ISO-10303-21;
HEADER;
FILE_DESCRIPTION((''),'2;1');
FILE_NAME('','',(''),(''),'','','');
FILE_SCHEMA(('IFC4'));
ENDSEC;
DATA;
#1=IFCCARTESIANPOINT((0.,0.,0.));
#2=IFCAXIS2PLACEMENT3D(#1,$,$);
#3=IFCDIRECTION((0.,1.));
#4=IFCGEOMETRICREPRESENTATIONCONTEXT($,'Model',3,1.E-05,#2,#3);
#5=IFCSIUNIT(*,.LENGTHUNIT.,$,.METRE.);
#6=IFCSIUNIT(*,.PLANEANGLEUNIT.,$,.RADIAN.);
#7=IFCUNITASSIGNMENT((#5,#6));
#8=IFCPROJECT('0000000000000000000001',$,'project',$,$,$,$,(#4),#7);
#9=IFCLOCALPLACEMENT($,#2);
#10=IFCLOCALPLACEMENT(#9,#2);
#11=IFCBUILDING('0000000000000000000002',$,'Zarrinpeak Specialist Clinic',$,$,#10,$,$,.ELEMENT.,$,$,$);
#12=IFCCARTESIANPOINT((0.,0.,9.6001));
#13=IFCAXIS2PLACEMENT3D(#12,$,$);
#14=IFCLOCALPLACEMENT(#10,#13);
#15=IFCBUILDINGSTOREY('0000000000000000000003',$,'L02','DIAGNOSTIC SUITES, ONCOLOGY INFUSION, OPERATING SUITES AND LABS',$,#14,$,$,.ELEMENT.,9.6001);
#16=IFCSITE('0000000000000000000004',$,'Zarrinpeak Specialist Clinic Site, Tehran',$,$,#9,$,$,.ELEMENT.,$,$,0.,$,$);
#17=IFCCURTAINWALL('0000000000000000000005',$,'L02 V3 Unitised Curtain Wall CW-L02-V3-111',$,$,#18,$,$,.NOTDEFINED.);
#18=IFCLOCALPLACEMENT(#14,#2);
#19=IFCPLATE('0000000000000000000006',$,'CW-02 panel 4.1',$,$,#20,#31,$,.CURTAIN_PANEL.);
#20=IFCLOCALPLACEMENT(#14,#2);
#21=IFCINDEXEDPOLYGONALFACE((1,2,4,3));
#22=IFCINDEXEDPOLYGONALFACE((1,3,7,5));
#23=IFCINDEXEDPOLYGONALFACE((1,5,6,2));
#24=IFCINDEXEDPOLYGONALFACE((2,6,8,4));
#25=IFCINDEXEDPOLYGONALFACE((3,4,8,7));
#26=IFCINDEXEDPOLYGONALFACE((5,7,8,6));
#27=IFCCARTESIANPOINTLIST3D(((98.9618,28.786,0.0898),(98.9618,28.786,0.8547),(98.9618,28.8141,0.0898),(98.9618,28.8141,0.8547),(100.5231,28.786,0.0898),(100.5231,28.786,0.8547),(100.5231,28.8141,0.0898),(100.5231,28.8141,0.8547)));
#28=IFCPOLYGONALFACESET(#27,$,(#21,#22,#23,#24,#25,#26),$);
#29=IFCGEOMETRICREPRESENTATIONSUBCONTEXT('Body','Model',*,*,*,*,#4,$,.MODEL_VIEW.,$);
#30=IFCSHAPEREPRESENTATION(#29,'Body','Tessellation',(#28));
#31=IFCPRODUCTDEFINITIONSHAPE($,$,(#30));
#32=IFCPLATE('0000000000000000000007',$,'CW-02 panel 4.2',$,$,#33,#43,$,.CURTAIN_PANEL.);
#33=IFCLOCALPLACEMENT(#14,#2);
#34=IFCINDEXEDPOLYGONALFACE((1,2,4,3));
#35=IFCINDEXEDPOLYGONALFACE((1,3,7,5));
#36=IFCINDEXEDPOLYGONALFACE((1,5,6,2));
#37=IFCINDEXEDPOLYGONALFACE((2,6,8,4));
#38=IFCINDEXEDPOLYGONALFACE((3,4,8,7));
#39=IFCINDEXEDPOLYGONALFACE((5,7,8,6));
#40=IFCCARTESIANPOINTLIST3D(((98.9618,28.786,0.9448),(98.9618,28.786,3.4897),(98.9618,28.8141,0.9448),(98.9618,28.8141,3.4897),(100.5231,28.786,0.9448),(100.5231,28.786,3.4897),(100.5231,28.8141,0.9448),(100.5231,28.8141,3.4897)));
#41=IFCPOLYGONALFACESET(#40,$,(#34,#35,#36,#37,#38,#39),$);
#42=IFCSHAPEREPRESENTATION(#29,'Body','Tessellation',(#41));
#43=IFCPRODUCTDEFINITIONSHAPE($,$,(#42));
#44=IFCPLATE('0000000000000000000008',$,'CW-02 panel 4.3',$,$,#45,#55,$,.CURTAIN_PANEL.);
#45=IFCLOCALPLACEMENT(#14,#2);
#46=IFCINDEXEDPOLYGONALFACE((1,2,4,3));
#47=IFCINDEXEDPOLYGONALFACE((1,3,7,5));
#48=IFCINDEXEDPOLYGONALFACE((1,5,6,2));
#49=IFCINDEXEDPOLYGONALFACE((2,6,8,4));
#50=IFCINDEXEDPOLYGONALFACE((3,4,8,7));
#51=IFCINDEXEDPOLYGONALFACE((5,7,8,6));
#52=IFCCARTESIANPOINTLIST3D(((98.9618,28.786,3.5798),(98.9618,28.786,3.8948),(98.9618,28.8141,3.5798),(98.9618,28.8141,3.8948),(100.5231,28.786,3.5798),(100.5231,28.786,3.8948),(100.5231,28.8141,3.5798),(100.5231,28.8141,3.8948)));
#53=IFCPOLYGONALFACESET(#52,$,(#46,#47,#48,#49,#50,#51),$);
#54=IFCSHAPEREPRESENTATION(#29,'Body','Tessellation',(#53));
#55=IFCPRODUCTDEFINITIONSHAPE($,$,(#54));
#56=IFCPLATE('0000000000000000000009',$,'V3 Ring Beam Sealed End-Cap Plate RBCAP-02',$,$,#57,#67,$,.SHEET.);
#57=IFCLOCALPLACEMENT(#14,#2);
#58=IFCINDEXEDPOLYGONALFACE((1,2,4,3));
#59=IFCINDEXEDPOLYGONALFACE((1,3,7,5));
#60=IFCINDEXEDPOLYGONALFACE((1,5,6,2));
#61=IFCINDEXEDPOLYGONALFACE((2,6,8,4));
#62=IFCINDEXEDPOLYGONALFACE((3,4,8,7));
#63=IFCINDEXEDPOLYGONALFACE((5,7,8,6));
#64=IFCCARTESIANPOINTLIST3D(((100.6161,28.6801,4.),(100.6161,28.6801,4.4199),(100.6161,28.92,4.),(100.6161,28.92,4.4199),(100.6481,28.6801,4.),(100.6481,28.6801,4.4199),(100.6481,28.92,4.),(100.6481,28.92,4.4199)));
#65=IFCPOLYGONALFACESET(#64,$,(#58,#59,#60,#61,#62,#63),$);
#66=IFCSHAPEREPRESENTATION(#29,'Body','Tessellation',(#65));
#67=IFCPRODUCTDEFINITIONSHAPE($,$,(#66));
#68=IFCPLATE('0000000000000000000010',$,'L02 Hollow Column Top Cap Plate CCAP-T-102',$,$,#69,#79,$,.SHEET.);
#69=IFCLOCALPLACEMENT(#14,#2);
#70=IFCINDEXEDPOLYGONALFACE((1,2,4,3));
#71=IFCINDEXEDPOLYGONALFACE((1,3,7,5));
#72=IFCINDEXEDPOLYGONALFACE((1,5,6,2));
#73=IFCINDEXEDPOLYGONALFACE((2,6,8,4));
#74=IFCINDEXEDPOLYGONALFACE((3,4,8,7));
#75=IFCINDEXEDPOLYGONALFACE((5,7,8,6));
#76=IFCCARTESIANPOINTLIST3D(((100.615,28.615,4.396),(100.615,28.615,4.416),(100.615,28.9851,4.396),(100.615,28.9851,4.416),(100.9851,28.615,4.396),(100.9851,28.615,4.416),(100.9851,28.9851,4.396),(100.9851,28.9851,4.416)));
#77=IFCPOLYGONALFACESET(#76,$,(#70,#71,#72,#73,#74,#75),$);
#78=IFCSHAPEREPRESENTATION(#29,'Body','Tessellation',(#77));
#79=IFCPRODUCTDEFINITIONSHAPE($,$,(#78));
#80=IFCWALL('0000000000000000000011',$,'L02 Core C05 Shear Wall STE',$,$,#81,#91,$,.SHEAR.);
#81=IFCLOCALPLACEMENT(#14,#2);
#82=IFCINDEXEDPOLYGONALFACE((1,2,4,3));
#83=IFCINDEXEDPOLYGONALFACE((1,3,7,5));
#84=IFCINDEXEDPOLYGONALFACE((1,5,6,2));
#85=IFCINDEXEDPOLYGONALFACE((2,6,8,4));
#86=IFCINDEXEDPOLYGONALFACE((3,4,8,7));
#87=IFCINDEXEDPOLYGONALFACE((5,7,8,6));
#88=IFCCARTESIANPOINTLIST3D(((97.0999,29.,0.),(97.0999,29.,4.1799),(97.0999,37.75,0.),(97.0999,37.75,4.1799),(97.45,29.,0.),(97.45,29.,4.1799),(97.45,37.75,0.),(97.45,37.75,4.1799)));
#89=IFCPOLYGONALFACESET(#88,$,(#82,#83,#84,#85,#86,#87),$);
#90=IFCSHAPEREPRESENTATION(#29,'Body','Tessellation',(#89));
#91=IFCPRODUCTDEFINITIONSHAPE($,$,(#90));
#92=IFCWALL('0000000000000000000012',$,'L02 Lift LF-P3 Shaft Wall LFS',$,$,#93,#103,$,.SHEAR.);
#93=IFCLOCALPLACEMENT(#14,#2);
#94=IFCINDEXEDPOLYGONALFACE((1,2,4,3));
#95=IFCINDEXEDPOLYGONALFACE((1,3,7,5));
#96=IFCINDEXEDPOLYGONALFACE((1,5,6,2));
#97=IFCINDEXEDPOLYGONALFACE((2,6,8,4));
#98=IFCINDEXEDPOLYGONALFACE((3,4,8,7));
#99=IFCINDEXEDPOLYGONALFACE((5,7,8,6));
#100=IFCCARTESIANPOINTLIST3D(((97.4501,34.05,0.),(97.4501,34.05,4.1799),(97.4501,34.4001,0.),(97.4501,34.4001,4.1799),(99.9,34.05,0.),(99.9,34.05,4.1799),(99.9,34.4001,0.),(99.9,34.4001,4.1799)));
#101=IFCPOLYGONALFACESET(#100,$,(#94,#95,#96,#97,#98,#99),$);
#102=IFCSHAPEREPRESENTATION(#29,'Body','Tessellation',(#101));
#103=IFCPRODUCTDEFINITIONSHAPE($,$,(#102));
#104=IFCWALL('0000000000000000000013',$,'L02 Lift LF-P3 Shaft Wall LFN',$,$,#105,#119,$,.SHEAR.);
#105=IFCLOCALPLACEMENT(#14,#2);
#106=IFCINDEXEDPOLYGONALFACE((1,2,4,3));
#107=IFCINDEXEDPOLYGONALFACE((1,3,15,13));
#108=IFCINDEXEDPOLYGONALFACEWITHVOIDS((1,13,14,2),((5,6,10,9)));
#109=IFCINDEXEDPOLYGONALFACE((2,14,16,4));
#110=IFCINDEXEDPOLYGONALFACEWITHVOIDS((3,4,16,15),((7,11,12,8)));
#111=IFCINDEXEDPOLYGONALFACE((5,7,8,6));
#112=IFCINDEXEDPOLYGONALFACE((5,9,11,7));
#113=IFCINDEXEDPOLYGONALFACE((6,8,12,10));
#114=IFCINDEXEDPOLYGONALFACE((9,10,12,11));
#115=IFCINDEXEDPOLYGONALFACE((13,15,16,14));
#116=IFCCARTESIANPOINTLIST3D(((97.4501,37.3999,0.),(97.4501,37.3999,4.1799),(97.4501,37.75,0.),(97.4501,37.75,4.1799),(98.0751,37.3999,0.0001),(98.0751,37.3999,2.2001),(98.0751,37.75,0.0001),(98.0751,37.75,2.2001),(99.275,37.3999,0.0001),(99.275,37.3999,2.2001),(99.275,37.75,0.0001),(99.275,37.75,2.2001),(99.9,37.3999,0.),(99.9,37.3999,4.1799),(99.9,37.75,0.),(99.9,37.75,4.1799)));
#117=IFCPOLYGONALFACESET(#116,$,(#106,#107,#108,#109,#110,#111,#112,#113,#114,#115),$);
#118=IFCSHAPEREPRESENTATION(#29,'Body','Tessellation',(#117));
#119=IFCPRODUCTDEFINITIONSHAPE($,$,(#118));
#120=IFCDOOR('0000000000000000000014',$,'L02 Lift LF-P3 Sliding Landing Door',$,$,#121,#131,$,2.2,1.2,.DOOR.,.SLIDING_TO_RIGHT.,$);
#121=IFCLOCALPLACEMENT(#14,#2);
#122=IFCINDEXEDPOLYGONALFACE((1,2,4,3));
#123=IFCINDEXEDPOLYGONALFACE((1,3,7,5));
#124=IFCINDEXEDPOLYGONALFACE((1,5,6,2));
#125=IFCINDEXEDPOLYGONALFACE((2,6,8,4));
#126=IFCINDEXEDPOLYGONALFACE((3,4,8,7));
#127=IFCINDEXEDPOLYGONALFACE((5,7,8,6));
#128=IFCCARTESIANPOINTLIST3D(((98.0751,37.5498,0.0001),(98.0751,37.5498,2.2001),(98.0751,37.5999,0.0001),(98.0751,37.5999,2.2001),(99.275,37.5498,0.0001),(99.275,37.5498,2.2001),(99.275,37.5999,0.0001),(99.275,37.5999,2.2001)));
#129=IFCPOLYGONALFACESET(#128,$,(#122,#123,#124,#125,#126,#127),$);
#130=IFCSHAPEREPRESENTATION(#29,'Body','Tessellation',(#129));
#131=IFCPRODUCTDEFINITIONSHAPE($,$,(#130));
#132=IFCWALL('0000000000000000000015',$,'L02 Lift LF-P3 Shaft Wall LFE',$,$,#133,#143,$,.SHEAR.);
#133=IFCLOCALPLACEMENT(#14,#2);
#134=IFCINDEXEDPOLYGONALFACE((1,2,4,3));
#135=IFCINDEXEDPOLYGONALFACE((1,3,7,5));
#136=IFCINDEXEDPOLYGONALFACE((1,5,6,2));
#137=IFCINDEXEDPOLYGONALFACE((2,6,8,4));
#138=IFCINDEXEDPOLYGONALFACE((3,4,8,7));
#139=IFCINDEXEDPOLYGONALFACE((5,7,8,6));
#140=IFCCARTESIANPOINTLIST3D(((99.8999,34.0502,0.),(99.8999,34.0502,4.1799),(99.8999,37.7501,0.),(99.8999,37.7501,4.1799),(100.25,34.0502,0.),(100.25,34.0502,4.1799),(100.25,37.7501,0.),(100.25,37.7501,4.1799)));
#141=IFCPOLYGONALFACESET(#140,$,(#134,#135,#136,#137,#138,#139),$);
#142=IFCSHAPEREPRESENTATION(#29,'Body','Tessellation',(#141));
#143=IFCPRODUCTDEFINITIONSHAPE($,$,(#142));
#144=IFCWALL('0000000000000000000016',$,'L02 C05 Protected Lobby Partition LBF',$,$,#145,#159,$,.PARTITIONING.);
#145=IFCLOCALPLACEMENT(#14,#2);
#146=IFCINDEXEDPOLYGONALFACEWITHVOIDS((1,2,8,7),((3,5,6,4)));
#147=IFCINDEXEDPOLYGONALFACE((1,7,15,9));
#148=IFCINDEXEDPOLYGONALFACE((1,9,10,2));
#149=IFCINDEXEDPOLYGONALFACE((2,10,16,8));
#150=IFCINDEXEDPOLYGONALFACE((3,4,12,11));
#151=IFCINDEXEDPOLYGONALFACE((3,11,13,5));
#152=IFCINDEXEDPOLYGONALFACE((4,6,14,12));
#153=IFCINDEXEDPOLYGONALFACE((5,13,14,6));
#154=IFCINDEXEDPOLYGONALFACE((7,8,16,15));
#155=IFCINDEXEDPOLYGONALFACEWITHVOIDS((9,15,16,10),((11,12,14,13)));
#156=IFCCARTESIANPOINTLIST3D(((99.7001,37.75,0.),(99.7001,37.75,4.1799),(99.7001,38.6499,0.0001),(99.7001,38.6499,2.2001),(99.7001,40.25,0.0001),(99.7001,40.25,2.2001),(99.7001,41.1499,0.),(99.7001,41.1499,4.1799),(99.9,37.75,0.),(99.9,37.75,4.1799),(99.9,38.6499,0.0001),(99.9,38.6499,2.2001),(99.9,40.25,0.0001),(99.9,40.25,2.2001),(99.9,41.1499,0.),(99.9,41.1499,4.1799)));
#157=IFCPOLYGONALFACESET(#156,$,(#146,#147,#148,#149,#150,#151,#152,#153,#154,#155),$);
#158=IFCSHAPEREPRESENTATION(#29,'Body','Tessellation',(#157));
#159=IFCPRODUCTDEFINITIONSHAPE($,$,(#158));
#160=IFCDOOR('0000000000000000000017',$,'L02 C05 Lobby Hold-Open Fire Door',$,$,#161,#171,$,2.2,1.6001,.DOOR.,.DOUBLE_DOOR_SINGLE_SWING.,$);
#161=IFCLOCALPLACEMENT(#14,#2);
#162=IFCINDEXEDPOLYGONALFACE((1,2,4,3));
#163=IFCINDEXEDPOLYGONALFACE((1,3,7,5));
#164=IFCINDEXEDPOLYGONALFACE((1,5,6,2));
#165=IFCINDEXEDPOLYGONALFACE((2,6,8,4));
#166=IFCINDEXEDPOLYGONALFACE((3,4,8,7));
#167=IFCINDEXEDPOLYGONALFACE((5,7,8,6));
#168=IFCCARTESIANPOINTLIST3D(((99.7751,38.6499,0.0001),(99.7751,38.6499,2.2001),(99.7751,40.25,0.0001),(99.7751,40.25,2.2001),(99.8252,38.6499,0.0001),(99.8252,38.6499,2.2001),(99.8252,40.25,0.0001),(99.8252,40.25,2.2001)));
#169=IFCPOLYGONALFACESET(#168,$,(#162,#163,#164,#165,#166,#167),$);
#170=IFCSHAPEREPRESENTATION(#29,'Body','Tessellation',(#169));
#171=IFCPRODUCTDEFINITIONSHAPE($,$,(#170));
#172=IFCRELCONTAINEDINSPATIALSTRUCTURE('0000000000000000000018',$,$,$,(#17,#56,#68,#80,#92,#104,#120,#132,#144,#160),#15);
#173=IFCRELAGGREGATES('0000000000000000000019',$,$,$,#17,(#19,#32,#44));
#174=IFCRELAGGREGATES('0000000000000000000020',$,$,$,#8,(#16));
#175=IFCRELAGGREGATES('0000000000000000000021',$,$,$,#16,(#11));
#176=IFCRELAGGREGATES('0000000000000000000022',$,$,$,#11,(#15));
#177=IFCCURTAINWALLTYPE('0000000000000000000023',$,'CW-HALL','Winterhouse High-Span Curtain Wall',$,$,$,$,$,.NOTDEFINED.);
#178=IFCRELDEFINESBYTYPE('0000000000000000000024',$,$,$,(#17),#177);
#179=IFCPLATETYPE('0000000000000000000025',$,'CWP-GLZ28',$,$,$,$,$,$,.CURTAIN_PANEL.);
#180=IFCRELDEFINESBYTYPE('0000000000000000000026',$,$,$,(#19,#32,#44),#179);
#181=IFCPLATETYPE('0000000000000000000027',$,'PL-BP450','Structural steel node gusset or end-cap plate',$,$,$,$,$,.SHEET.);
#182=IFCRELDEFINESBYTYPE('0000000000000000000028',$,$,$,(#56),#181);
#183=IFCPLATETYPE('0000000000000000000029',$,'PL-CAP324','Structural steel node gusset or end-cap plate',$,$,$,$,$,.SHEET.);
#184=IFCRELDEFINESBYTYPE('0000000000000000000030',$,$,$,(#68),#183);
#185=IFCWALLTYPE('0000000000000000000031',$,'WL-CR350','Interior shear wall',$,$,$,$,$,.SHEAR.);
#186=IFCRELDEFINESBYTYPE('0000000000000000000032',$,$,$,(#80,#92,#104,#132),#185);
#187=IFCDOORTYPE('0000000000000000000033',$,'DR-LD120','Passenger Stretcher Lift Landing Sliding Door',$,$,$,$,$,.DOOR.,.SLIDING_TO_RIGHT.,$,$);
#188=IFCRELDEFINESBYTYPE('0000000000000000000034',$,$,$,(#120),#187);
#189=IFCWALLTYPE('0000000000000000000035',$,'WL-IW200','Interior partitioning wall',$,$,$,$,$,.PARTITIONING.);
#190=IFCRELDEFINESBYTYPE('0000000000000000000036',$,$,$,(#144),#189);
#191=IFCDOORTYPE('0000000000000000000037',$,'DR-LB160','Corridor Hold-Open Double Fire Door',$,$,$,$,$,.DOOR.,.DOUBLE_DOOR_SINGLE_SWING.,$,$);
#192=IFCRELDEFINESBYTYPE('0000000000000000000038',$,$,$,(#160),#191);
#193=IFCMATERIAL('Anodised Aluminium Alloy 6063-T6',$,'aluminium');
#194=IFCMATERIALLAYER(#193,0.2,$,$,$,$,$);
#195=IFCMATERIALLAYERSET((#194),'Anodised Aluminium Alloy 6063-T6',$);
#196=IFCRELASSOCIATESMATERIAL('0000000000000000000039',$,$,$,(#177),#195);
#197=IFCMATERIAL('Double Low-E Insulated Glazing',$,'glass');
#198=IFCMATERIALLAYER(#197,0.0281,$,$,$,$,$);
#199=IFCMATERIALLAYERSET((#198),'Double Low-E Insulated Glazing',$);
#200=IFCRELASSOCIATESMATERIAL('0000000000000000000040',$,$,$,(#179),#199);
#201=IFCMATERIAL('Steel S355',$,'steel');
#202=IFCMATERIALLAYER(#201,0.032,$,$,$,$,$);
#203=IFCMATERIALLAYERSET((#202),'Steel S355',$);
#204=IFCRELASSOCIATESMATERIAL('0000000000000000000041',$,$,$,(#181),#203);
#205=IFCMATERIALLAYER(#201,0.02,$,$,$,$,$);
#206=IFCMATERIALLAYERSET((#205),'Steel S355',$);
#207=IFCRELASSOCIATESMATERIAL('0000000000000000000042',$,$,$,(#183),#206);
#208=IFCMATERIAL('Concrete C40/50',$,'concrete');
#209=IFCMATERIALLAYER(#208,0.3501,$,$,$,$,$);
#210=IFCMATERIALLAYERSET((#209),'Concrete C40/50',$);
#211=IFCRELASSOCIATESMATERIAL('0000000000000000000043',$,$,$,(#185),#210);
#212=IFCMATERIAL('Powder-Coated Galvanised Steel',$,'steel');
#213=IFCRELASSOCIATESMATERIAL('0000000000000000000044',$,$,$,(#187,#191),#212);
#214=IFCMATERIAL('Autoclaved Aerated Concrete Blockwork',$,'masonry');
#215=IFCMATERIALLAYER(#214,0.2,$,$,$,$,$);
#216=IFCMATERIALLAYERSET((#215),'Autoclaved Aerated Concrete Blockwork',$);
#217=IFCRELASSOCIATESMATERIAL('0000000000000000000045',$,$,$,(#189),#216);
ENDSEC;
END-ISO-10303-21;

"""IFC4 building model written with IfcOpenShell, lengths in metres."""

from ifc_helpers import new_model, si_unit, direction, frame, frame_2d, origin, origin_2d, place, context, subcontext, project, spatial, rectangle, extrude, material, layer, layer_set, type_object, element, fill, aggregate, save


model = new_model("IFC4")

# Units and contexts
model_context = context("Model", 3, precision=1e-05, world=origin(), true_north=direction((0.0, 1.0)))
body_context = subcontext(model_context, "Body", "Model", "MODEL_VIEW")
ifc_project = project(units=[si_unit("LENGTHUNIT", "METRE"), si_unit("PLANEANGLEUNIT", "RADIAN")], contexts=[model_context])

# Site, building, storey
site_placement = place(None, origin())
site = spatial("IfcSite", under=ifc_project, at=site_placement, Name="Zarrinpeak Specialist Clinic Site, Tehran", CompositionType="ELEMENT", RefElevation=0.0)
building_placement = place(site_placement, origin())
building = spatial("IfcBuilding", under=site, at=building_placement, Name="Zarrinpeak Specialist Clinic", CompositionType="ELEMENT")
storey_placement = place(building_placement, frame((0.0, 0.0, 9.6001)))
storey = spatial("IfcBuildingStorey", under=building, at=storey_placement, Name="L02", Description="DIAGNOSTIC SUITES, ONCOLOGY INFUSION, OPERATING SUITES AND LABS", CompositionType="ELEMENT", Elevation=9.6001)

# Shared definitions
ifc_material_1 = material(Name="Steel S355", Category="steel")

# Curtain wall, plates
ifc_material_2 = material(Name="Anodised Aluminium Alloy 6063-T6", Category="aluminium")
ifc_layer_1 = layer(ifc_material_2, 0.2)
ifc_layer_set_1 = layer_set([ifc_layer_1], Name="Anodised Aluminium Alloy 6063-T6")
curtain_wall_type = type_object("IfcCurtainWallType", Name="CW-HALL", Description="Winterhouse High-Span Curtain Wall", PredefinedType="NOTDEFINED", material=ifc_layer_set_1)
curtain_wall_placement = place(storey_placement, origin())
curtain_wall = element("IfcCurtainWall", 1, at=curtain_wall_placement, inside=storey, type_object=curtain_wall_type, Name="L02 V3 Unitised Curtain Wall CW-L02-V3-111", PredefinedType="NOTDEFINED")
ifc_material_3 = material(Name="Double Low-E Insulated Glazing", Category="glass")
ifc_layer_2 = layer(ifc_material_3, 0.0281)
ifc_layer_set_2 = layer_set([ifc_layer_2], Name="Double Low-E Insulated Glazing")
plate_type_1 = type_object("IfcPlateType", Name="CWP-GLZ28", PredefinedType="CURTAIN_PANEL", material=ifc_layer_set_2)
plate_1_placement = place(storey_placement, frame((99.7424, 28.8, 0.0898), z_axis=(0.0, 0.0, 1.0), x_axis=(1.0, 0.0, 0.0)))
plate_1 = element("IfcPlate", 2, at=plate_1_placement, type_object=plate_type_1, Name="CW-02 panel 4.1", PredefinedType="CURTAIN_PANEL", context=body_context, shape_type="SweptSolid", body=[
    extrude(rectangle(XDim=1.5613, YDim=0.0281, at=origin_2d()), origin(), (0.0, 0.0, 1.0), 0.7649),
])
plate_2_placement = place(storey_placement, frame((99.7424, 28.8, 0.9448), z_axis=(0.0, 0.0, 1.0), x_axis=(1.0, 0.0, 0.0)))
plate_2 = element("IfcPlate", 3, at=plate_2_placement, type_object=plate_type_1, Name="CW-02 panel 4.2", PredefinedType="CURTAIN_PANEL", context=body_context, shape_type="SweptSolid", body=[
    extrude(rectangle(XDim=1.5613, YDim=0.0281, at=origin_2d()), origin(), (0.0, 0.0, 1.0), 2.5449),
])
plate_3_placement = place(storey_placement, frame((99.7424, 28.8, 3.5798), z_axis=(0.0, 0.0, 1.0), x_axis=(1.0, 0.0, 0.0)))
plate_3 = element("IfcPlate", 4, at=plate_3_placement, type_object=plate_type_1, Name="CW-02 panel 4.3", PredefinedType="CURTAIN_PANEL", context=body_context, shape_type="SweptSolid", body=[
    extrude(rectangle(XDim=1.5613, YDim=0.0281, at=origin_2d()), origin(), (0.0, 0.0, 1.0), 0.3149),
])
aggregate(curtain_wall, [plate_1, plate_2, plate_3])

# Plates
ifc_layer_3 = layer(ifc_material_1, 0.032)
ifc_layer_set_3 = layer_set([ifc_layer_3], Name="Steel S355")
plate_type_2 = type_object("IfcPlateType", Name="PL-BP450", Description="Structural steel node gusset or end-cap plate", PredefinedType="SHEET", material=ifc_layer_set_3)
plate_4_placement = place(storey_placement, frame((100.6321, 28.8, 4.0), z_axis=(0.0, 0.0, 1.0), x_axis=(1.0, 0.0, 0.0)))
element("IfcPlate", 5, at=plate_4_placement, inside=storey, type_object=plate_type_2, Name="V3 Ring Beam Sealed End-Cap Plate RBCAP-02", PredefinedType="SHEET", context=body_context, shape_type="SweptSolid", body=[
    extrude(rectangle(XDim=0.032, YDim=0.24, at=origin_2d()), origin(), (0.0, 0.0, 1.0), 0.4199),
])
ifc_layer_4 = layer(ifc_material_1, 0.02)
ifc_layer_set_4 = layer_set([ifc_layer_4], Name="Steel S355")
plate_type_3 = type_object("IfcPlateType", Name="PL-CAP324", Description="Structural steel node gusset or end-cap plate", PredefinedType="SHEET", material=ifc_layer_set_4)
plate_5_placement = place(storey_placement, frame((100.8, 28.8, 4.396), z_axis=(0.0, 0.0, 1.0), x_axis=(1.0, 0.0, 0.0)))
element("IfcPlate", 6, at=plate_5_placement, inside=storey, type_object=plate_type_3, Name="L02 Hollow Column Top Cap Plate CCAP-T-102", PredefinedType="SHEET", context=body_context, shape_type="SweptSolid", body=[
    extrude(rectangle(XDim=0.3701, YDim=0.3701, at=origin_2d()), origin(), (0.0, 0.0, 1.0), 0.02),
])

# Walls
ifc_material_4 = material(Name="Concrete C40/50", Category="concrete")
ifc_layer_5 = layer(ifc_material_4, 0.3501)
ifc_layer_set_5 = layer_set([ifc_layer_5], Name="Concrete C40/50")
wall_type_1 = type_object("IfcWallType", Name="WL-CR350", Description="Interior shear wall", PredefinedType="SHEAR", material=ifc_layer_set_5)
wall_1_placement = place(storey_placement, frame((97.2749, 29.0, 0.0), z_axis=(0.0, 0.0, 1.0), x_axis=(0.0, 1.0, 0.0)))
element("IfcWall", 7, at=wall_1_placement, inside=storey, type_object=wall_type_1, Name="L02 Core C05 Shear Wall STE", PredefinedType="SHEAR", context=body_context, shape_type="SweptSolid", body=[
    extrude(rectangle(XDim=8.75, YDim=0.3501, at=frame_2d((4.375, 0.0))), origin(), (0.0, 0.0, 1.0), 4.1799),
])
wall_2_placement = place(storey_placement, frame((97.45, 34.2251, 0.0), z_axis=(0.0, 0.0, 1.0), x_axis=(1.0, 0.0, 0.0)))
element("IfcWall", 8, at=wall_2_placement, inside=storey, type_object=wall_type_1, Name="L02 Lift LF-P3 Shaft Wall LFS", PredefinedType="SHEAR", context=body_context, shape_type="SweptSolid", body=[
    extrude(rectangle(XDim=2.45, YDim=0.3501, at=frame_2d((1.2251, 0.0))), origin(), (0.0, 0.0, 1.0), 4.1799),
])

# Wall, opening, door
wall_3_placement = place(storey_placement, frame((97.45, 37.575, 0.0), z_axis=(0.0, 0.0, 1.0), x_axis=(1.0, 0.0, 0.0)))
wall_3 = element("IfcWall", 9, at=wall_3_placement, inside=storey, type_object=wall_type_1, Name="L02 Lift LF-P3 Shaft Wall LFN", PredefinedType="SHEAR", context=body_context, shape_type="SweptSolid", body=[
    extrude(rectangle(XDim=2.45, YDim=0.3501, at=frame_2d((1.2251, 0.0))), origin(), (0.0, 0.0, 1.0), 4.1799),
])
opening_1_placement = place(wall_3_placement, frame((0.625, 0.0, 0.0)))
opening_1 = element("IfcOpeningElement", 10, at=opening_1_placement, cuts=wall_3, PredefinedType="OPENING", context=body_context, shape_type="SweptSolid", body=[
    extrude(rectangle(XDim=1.2, YDim=2.2, at=frame_2d((0.6001, 1.1001))), frame((0.0, 0.1851, 0.0), z_axis=(0.0, -1.0, 0.0), x_axis=(1.0, 0.0, 0.0)), (0.0, 0.0, 1.0), 0.3701),
])
ifc_material_5 = material(Name="Powder-Coated Galvanised Steel", Category="steel")
door_type_1 = type_object("IfcDoorType", Name="DR-LD120", Description="Passenger Stretcher Lift Landing Sliding Door", OperationType="SLIDING_TO_RIGHT", PredefinedType="DOOR", material=ifc_material_5)
door_1_placement = place(opening_1_placement, origin())
door_1 = element("IfcDoor", 11, at=door_1_placement, inside=storey, type_object=door_type_1, Name="L02 Lift LF-P3 Sliding Landing Door", OperationType="SLIDING_TO_RIGHT", OverallHeight=2.2, OverallWidth=1.2, PredefinedType="DOOR", context=body_context, shape_type="SweptSolid", body=[
    extrude(rectangle(XDim=1.2, YDim=2.2, at=frame_2d((0.6001, 1.1001))), frame((0.0, 0.0249, 0.0), z_axis=(0.0, -1.0, 0.0), x_axis=(1.0, 0.0, 0.0)), (0.0, 0.0, 1.0), 0.05),
])
fill(opening_1, door_1)

# Wall
wall_4_placement = place(storey_placement, frame((100.075, 34.05, 0.0), z_axis=(0.0, 0.0, 1.0), x_axis=(0.0, 1.0, 0.0)))
element("IfcWall", 12, at=wall_4_placement, inside=storey, type_object=wall_type_1, Name="L02 Lift LF-P3 Shaft Wall LFE", PredefinedType="SHEAR", context=body_context, shape_type="SweptSolid", body=[
    extrude(rectangle(XDim=3.7, YDim=0.3501, at=frame_2d((1.8501, 0.0))), origin(), (0.0, 0.0, 1.0), 4.1799),
])

# Wall, opening, door
ifc_material_6 = material(Name="Autoclaved Aerated Concrete Blockwork", Category="masonry")
ifc_layer_6 = layer(ifc_material_6, 0.2)
ifc_layer_set_6 = layer_set([ifc_layer_6], Name="Autoclaved Aerated Concrete Blockwork")
wall_type_2 = type_object("IfcWallType", Name="WL-IW200", Description="Interior partitioning wall", PredefinedType="PARTITIONING", material=ifc_layer_set_6)
wall_5_placement = place(storey_placement, frame((99.8, 37.75, 0.0), z_axis=(0.0, 0.0, 1.0), x_axis=(0.0, 1.0, 0.0)))
wall_5 = element("IfcWall", 13, at=wall_5_placement, inside=storey, type_object=wall_type_2, Name="L02 C05 Protected Lobby Partition LBF", PredefinedType="PARTITIONING", context=body_context, shape_type="SweptSolid", body=[
    extrude(rectangle(XDim=3.3999, YDim=0.2, at=frame_2d((1.7, 0.0))), origin(), (0.0, 0.0, 1.0), 4.1799),
])
opening_2_placement = place(wall_5_placement, frame((0.8999, 0.0, 0.0)))
opening_2 = element("IfcOpeningElement", 14, at=opening_2_placement, cuts=wall_5, PredefinedType="OPENING", context=body_context, shape_type="SweptSolid", body=[
    extrude(rectangle(XDim=1.6001, YDim=2.2, at=frame_2d((0.8, 1.1001))), frame((0.0, 0.1099, 0.0), z_axis=(0.0, -1.0, 0.0), x_axis=(1.0, 0.0, 0.0)), (0.0, 0.0, 1.0), 0.22),
])
door_type_2 = type_object("IfcDoorType", Name="DR-LB160", Description="Corridor Hold-Open Double Fire Door", OperationType="DOUBLE_DOOR_SINGLE_SWING", PredefinedType="DOOR", material=ifc_material_5)
door_2_placement = place(opening_2_placement, origin())
door_2 = element("IfcDoor", 15, at=door_2_placement, inside=storey, type_object=door_type_2, Name="L02 C05 Lobby Hold-Open Fire Door", OperationType="DOUBLE_DOOR_SINGLE_SWING", OverallHeight=2.2, OverallWidth=1.6001, PredefinedType="DOOR", context=body_context, shape_type="SweptSolid", body=[
    extrude(rectangle(XDim=1.6001, YDim=2.2, at=frame_2d((0.8, 1.1001))), frame((0.0, 0.0249, 0.0), z_axis=(0.0, -1.0, 0.0), x_axis=(1.0, 0.0, 0.0)), (0.0, 0.0, 1.0), 0.05),
])
fill(opening_2, door_2)

save(model, "model.ifc")
